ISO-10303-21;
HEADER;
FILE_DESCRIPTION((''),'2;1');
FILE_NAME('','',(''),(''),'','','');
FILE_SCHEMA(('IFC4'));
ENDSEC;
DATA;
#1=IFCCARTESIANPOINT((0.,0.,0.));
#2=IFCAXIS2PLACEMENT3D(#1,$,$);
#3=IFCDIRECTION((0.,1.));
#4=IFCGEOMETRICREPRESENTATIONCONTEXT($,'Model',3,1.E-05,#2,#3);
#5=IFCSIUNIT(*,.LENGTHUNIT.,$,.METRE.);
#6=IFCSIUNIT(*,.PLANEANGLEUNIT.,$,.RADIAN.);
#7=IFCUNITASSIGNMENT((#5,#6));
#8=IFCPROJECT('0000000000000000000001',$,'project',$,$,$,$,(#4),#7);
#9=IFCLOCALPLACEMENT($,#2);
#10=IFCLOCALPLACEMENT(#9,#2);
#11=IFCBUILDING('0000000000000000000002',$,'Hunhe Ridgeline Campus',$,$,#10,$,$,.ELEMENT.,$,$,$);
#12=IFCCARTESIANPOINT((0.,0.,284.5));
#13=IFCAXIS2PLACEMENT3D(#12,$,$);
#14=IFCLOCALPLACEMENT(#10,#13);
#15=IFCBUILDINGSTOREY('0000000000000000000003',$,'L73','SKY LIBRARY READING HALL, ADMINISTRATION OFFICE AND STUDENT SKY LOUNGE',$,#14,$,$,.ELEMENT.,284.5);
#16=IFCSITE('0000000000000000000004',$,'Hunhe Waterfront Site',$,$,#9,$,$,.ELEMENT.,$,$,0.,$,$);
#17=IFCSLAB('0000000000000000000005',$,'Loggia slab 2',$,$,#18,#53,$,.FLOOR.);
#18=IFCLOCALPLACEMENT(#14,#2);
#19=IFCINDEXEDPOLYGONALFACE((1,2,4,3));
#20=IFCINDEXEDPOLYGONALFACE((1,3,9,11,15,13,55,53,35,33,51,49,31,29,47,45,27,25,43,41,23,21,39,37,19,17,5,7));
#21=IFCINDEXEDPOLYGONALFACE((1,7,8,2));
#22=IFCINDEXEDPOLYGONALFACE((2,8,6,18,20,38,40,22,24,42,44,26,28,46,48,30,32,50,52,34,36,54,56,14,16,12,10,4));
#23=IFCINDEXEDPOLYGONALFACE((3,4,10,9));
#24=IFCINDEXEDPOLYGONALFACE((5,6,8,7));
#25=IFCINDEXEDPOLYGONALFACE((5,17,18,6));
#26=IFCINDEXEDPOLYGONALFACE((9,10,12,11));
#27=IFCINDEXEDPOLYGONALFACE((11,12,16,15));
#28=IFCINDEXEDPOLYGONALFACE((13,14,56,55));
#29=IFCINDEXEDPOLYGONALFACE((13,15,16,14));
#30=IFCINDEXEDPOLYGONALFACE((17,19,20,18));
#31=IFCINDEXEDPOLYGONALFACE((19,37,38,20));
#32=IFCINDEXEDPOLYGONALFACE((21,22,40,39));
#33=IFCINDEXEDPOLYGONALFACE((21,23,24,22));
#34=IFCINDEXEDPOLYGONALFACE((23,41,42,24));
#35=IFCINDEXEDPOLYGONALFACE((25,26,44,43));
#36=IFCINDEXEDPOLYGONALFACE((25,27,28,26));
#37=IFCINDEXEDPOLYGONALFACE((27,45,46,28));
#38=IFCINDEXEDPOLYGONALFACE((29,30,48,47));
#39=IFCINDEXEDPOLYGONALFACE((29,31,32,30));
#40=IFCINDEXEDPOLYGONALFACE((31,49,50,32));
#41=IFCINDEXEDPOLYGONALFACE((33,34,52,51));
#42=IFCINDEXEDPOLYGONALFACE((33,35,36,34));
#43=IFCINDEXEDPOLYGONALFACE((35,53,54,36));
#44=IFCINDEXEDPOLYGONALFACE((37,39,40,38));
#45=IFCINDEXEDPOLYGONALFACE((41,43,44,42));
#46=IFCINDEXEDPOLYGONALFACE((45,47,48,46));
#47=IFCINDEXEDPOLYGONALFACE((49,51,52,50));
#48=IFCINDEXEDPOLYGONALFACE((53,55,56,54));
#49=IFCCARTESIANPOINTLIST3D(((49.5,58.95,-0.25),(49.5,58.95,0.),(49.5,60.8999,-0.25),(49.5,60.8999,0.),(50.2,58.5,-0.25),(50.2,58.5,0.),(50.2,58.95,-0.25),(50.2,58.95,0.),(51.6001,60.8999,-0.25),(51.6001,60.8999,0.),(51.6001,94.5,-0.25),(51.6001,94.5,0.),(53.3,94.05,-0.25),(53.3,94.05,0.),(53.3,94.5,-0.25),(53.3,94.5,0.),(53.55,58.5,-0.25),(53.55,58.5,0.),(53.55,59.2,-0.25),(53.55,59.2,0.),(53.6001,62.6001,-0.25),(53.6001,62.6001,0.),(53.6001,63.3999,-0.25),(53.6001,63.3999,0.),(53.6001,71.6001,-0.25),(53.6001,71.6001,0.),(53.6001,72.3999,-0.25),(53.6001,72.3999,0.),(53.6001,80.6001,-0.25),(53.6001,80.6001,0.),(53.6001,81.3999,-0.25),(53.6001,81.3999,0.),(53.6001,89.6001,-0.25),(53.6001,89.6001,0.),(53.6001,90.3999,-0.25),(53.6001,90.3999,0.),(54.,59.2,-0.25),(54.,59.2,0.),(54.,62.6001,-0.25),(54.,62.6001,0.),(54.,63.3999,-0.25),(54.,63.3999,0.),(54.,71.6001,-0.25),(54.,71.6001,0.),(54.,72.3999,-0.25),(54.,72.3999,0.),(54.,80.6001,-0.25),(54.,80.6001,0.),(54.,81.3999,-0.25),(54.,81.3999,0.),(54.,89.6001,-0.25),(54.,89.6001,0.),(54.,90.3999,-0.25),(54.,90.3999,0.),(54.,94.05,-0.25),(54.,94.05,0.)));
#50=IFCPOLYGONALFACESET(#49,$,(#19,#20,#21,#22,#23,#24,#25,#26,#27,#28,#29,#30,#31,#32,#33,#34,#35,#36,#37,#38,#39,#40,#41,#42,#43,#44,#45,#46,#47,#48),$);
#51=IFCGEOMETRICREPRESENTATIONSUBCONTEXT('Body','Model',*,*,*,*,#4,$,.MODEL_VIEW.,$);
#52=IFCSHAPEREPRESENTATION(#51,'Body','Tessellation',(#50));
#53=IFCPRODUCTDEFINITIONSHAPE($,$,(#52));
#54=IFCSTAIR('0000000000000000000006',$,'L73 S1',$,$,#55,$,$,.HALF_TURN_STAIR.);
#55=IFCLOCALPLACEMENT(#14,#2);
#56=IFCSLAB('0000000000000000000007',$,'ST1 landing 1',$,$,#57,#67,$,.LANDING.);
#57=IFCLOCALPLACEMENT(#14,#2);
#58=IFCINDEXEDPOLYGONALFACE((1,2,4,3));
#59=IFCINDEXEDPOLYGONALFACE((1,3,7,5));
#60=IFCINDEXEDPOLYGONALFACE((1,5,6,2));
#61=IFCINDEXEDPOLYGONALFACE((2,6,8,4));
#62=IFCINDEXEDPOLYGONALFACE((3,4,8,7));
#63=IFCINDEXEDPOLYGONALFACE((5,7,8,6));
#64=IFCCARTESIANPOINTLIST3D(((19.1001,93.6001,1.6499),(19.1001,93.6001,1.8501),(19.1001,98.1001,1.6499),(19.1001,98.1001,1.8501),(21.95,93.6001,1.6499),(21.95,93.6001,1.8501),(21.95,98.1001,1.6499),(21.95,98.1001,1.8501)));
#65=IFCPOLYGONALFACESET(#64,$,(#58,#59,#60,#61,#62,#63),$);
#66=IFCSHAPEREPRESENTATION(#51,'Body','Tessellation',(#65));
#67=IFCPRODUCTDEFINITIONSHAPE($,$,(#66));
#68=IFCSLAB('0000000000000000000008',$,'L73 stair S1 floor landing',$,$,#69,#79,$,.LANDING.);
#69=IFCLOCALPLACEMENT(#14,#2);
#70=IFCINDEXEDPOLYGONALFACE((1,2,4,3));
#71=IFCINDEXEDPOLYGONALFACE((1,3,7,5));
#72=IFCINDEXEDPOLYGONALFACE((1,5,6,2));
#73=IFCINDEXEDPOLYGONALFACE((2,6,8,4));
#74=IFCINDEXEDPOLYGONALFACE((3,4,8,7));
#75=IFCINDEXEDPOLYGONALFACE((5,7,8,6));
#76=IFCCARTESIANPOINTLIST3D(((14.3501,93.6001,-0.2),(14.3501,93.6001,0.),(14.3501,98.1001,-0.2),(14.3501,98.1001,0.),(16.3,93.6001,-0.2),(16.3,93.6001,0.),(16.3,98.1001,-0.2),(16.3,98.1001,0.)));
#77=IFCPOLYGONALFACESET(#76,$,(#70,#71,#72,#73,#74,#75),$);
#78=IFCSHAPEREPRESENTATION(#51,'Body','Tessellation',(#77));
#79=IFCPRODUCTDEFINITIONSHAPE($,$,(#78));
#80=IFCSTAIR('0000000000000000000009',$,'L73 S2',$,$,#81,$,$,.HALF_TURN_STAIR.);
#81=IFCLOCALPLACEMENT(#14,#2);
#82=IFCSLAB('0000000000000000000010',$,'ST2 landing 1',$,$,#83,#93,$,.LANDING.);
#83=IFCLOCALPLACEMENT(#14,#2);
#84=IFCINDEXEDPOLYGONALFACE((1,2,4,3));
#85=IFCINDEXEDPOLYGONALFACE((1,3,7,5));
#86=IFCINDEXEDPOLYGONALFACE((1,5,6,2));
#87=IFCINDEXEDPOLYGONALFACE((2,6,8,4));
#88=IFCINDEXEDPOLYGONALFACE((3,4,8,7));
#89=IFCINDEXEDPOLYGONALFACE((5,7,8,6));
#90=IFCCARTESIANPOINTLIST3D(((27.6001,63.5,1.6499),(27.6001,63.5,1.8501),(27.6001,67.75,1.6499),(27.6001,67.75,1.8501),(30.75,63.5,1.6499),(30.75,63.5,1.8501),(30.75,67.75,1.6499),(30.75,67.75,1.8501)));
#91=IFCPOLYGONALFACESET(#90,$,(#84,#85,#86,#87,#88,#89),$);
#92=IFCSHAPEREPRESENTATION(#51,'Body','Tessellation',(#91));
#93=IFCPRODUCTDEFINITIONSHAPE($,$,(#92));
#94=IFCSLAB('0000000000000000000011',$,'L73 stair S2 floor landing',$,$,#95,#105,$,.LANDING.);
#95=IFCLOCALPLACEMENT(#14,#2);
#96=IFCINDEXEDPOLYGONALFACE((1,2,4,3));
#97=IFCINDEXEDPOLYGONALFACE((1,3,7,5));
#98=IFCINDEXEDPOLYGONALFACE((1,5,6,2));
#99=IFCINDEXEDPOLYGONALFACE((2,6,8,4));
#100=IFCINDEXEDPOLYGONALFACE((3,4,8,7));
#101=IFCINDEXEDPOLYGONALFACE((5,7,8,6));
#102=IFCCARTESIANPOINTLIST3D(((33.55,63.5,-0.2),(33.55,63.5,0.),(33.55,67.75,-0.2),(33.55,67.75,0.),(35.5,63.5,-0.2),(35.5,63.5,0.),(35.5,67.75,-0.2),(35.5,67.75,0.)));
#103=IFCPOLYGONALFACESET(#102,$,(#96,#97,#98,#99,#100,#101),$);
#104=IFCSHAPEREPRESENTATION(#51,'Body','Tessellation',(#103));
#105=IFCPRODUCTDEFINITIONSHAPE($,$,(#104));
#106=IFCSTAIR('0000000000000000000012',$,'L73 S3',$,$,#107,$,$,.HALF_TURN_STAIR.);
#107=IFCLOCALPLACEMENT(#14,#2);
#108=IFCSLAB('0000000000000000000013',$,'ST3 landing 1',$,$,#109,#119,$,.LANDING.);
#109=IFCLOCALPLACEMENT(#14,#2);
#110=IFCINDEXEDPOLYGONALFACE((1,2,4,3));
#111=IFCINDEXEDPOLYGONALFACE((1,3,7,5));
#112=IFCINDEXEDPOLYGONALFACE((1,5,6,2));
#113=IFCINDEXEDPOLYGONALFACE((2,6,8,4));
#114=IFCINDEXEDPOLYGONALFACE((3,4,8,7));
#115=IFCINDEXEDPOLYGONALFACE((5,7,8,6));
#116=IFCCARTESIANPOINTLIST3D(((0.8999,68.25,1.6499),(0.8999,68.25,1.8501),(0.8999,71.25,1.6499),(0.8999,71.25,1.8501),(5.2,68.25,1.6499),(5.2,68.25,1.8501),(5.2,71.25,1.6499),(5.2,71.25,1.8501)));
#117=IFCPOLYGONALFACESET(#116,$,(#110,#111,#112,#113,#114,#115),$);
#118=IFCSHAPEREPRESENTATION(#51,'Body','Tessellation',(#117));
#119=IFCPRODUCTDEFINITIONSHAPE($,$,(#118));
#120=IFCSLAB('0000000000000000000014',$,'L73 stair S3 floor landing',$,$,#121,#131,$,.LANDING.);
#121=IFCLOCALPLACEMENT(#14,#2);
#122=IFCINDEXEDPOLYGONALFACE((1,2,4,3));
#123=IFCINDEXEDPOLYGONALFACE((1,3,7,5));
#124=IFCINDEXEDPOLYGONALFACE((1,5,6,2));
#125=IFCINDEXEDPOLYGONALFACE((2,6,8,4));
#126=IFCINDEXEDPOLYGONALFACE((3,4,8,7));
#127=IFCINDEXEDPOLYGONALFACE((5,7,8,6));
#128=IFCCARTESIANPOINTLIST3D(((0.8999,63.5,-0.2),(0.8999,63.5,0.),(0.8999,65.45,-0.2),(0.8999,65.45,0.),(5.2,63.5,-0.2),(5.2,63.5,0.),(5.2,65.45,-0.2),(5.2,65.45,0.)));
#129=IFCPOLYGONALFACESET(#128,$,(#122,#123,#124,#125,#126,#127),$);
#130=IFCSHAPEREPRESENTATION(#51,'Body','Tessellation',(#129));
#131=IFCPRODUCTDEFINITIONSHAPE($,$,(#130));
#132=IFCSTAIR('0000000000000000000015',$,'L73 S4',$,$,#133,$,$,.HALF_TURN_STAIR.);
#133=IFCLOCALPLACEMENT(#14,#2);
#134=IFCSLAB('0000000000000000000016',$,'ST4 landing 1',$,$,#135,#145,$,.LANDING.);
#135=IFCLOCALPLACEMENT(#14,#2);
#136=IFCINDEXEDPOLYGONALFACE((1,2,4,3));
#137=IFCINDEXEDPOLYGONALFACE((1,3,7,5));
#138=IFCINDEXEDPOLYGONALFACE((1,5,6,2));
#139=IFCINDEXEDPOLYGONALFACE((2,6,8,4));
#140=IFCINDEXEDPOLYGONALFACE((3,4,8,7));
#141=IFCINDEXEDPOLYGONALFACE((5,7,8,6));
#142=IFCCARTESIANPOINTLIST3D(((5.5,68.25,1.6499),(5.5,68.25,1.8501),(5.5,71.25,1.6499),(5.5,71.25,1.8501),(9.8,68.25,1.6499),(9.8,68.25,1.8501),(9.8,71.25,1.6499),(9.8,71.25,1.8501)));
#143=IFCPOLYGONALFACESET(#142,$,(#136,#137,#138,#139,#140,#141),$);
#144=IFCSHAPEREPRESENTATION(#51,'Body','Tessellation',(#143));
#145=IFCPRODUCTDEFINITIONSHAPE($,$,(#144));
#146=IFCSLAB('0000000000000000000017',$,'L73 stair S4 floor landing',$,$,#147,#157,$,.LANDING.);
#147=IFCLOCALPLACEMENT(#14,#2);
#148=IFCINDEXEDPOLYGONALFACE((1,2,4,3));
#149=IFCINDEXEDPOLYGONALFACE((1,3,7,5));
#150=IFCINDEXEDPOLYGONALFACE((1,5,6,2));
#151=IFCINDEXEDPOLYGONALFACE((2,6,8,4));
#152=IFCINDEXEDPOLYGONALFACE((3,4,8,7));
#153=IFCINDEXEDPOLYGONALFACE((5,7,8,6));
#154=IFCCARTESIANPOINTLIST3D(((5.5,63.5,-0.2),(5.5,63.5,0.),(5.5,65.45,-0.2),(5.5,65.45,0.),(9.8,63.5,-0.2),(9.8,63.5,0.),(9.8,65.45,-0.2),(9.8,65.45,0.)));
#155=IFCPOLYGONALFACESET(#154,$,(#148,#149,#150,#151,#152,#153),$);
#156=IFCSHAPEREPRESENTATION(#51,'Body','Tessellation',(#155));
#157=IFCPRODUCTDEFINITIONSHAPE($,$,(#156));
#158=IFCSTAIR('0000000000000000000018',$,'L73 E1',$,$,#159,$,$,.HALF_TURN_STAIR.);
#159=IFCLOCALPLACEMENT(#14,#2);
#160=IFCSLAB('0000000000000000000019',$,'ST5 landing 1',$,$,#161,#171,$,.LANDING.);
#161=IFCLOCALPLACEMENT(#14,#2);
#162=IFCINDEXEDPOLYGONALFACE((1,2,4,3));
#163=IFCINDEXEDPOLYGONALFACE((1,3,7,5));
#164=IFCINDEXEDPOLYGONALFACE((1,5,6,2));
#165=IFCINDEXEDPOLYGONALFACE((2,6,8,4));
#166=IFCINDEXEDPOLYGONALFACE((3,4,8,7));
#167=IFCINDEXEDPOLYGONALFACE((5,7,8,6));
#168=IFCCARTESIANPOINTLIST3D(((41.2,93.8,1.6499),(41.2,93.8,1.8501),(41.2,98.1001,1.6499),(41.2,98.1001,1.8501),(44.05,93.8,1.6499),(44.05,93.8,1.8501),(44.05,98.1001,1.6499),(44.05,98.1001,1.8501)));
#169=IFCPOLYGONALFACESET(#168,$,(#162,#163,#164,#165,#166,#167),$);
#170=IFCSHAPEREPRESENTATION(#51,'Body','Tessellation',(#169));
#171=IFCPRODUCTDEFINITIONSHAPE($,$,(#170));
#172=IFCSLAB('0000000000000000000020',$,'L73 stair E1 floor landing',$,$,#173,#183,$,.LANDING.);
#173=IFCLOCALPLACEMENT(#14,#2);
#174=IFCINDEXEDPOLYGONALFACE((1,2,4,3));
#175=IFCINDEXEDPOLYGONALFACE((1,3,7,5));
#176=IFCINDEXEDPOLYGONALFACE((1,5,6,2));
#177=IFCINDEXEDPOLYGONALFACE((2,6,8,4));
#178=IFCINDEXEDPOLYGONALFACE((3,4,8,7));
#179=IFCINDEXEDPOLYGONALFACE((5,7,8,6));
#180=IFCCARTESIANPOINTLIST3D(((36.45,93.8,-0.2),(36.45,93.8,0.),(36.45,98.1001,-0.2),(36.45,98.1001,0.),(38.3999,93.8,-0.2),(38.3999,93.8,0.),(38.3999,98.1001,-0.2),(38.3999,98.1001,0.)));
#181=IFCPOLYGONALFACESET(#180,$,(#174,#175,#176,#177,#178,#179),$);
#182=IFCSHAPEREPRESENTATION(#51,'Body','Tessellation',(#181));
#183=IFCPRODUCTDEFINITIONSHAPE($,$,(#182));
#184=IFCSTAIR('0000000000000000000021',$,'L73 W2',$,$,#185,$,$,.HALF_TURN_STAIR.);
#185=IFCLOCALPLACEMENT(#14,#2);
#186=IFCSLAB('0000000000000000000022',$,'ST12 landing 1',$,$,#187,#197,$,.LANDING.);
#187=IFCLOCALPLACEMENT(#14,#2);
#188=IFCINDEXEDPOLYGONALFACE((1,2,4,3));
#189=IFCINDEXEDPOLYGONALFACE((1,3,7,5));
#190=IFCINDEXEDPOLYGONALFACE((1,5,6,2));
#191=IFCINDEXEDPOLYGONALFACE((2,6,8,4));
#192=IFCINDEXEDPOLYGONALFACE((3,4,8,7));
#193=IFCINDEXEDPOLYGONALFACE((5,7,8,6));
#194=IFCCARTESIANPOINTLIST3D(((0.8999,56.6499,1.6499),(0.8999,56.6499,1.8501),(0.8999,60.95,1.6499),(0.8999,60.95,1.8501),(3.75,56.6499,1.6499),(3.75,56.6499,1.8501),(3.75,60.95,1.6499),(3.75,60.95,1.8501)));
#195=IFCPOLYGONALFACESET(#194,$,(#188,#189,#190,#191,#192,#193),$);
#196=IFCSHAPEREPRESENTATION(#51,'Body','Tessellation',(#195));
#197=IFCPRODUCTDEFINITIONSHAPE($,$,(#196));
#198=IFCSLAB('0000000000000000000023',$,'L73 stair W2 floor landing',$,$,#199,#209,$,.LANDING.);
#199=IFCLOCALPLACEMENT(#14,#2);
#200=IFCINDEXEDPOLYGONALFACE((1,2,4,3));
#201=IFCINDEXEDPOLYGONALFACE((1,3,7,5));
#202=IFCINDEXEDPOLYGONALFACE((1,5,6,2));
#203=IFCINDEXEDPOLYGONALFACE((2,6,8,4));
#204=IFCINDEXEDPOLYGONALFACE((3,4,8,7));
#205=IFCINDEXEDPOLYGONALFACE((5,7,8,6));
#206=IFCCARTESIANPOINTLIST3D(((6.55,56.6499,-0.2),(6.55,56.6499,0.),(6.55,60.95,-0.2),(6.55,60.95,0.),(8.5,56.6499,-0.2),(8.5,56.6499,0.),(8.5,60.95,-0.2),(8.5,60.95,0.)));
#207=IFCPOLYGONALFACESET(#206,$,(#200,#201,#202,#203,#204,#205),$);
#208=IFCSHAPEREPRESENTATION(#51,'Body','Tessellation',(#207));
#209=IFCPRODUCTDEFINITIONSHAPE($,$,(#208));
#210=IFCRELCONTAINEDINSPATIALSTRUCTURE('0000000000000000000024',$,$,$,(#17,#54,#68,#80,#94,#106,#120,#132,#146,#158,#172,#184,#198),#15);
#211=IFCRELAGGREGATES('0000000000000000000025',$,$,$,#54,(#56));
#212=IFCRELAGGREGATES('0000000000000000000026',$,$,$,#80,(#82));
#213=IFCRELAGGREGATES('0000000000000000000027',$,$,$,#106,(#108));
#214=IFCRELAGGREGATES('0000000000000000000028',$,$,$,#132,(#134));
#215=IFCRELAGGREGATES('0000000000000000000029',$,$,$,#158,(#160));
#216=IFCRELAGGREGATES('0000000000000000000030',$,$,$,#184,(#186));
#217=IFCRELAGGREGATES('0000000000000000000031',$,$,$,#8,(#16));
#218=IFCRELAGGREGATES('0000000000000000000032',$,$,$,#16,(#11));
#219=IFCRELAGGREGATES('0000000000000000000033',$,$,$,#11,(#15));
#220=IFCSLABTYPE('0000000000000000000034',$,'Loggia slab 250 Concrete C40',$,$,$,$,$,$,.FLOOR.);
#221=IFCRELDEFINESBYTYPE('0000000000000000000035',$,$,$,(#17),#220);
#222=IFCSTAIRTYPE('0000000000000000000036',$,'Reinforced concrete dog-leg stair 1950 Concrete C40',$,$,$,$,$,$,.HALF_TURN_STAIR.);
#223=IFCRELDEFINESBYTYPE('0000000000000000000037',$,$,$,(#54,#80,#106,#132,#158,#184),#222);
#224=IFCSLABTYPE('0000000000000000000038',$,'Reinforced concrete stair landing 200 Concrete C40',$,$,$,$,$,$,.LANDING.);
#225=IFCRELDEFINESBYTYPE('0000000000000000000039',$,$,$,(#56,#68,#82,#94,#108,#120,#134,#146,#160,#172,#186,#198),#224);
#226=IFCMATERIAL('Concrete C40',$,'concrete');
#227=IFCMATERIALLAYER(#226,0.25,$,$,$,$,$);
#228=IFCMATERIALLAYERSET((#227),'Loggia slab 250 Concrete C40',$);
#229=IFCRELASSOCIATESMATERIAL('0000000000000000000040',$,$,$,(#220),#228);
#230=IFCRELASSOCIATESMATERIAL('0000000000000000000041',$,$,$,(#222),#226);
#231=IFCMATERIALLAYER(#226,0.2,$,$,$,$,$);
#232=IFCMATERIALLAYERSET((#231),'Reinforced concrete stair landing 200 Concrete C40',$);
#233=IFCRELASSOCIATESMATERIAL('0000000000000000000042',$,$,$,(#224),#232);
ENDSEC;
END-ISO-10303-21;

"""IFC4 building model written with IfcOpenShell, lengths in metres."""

from ifc_helpers import new_model, si_unit, direction, frame, origin, place, context, subcontext, project, spatial, polyline, outline, extrude, material, layer, layer_set, type_object, element, aggregate, save


model = new_model("IFC4")

# Units and contexts
model_context = context("Model", 3, precision=1e-05, world=origin(), true_north=direction((0.0, 1.0)))
body_context = subcontext(model_context, "Body", "Model", "MODEL_VIEW")
ifc_project = project(units=[si_unit("LENGTHUNIT", "METRE"), si_unit("PLANEANGLEUNIT", "RADIAN")], contexts=[model_context])

# Site, building, storey
site_placement = place(None, origin())
site = spatial("IfcSite", under=ifc_project, at=site_placement, Name="Hunhe Waterfront Site", CompositionType="ELEMENT", RefElevation=0.0)
building_placement = place(site_placement, origin())
building = spatial("IfcBuilding", under=site, at=building_placement, Name="Hunhe Ridgeline Campus", CompositionType="ELEMENT")
storey_placement = place(building_placement, frame((0.0, 0.0, 284.5)))
storey = spatial("IfcBuildingStorey", under=building, at=storey_placement, Name="L73", Description="SKY LIBRARY READING HALL, ADMINISTRATION OFFICE AND STUDENT SKY LOUNGE", CompositionType="ELEMENT", Elevation=284.5)

# Slab
ifc_material_1 = material(Name="Concrete C40", Category="concrete")
ifc_layer_1 = layer(ifc_material_1, 0.25)
ifc_layer_set_1 = layer_set([ifc_layer_1], Name="Loggia slab 250 Concrete C40")
slab_type_1 = type_object("IfcSlabType", Name="Loggia slab 250 Concrete C40", PredefinedType="FLOOR", material=ifc_layer_set_1)
slab_1_placement = place(storey_placement, frame((0.0, 0.0, -0.25)))
element("IfcSlab", 1, at=slab_1_placement, inside=storey, type_object=slab_type_1, Name="Loggia slab 2", PredefinedType="FLOOR", context=body_context, shape_type="SweptSolid", body=[
    extrude(outline(polyline([(49.5, 58.95), (50.2, 58.95), (50.2, 58.5), (53.55, 58.5), (53.55, 59.2), (54.0, 59.2), (54.0, 62.6001), (53.6001, 62.6001), (53.6001, 63.3999), (54.0, 63.3999), (54.0, 71.6001), (53.6001, 71.6001), (53.6001, 72.3999), (54.0, 72.3999), (54.0, 80.6001), (53.6001, 80.6001), (53.6001, 81.3999), (54.0, 81.3999), (54.0, 89.6001), (53.6001, 89.6001), (53.6001, 90.3999), (54.0, 90.3999), (54.0, 94.05), (53.3, 94.05), (53.3, 94.5), (51.6001, 94.5), (51.6001, 60.8999), (49.5, 60.8999), (49.5, 58.95)])), origin(), (0.0, 0.0, 1.0), 0.25),
])

# Stair, slab
stair_type = type_object("IfcStairType", Name="Reinforced concrete dog-leg stair 1950 Concrete C40", PredefinedType="HALF_TURN_STAIR", material=ifc_material_1)
stair_1_placement = place(storey_placement, origin())
stair_1 = element("IfcStair", 2, at=stair_1_placement, inside=storey, type_object=stair_type, Name="L73 S1", PredefinedType="HALF_TURN_STAIR")
ifc_layer_2 = layer(ifc_material_1, 0.2)
ifc_layer_set_2 = layer_set([ifc_layer_2], Name="Reinforced concrete stair landing 200 Concrete C40")
slab_type_2 = type_object("IfcSlabType", Name="Reinforced concrete stair landing 200 Concrete C40", PredefinedType="LANDING", material=ifc_layer_set_2)
slab_2_placement = place(storey_placement, frame((0.0, 0.0, 1.6499)))
slab_2 = element("IfcSlab", 3, at=slab_2_placement, type_object=slab_type_2, Name="ST1 landing 1", PredefinedType="LANDING", context=body_context, shape_type="SweptSolid", body=[
    extrude(outline(polyline([(19.1001, 93.6001), (21.95, 93.6001), (21.95, 98.1001), (19.1001, 98.1001), (19.1001, 93.6001)])), origin(), (0.0, 0.0, 1.0), 0.2002),
])
aggregate(stair_1, [slab_2])

# Slab
slab_3_placement = place(storey_placement, frame((0.0, 0.0, -0.2)))
element("IfcSlab", 4, at=slab_3_placement, inside=storey, type_object=slab_type_2, Name="L73 stair S1 floor landing", PredefinedType="LANDING", context=body_context, shape_type="SweptSolid", body=[
    extrude(outline(polyline([(14.3501, 93.6001), (16.3, 93.6001), (16.3, 98.1001), (14.3501, 98.1001), (14.3501, 93.6001)])), origin(), (0.0, 0.0, 1.0), 0.2),
])

# Stair, slab
stair_2_placement = place(storey_placement, origin())
stair_2 = element("IfcStair", 5, at=stair_2_placement, inside=storey, type_object=stair_type, Name="L73 S2", PredefinedType="HALF_TURN_STAIR")
slab_4_placement = place(storey_placement, frame((0.0, 0.0, 1.6499)))
slab_4 = element("IfcSlab", 6, at=slab_4_placement, type_object=slab_type_2, Name="ST2 landing 1", PredefinedType="LANDING", context=body_context, shape_type="SweptSolid", body=[
    extrude(outline(polyline([(30.75, 67.75), (27.6001, 67.75), (27.6001, 63.5), (30.75, 63.5), (30.75, 67.75)])), origin(), (0.0, 0.0, 1.0), 0.2002),
])
aggregate(stair_2, [slab_4])

# Slab
slab_5_placement = place(storey_placement, frame((0.0, 0.0, -0.2)))
element("IfcSlab", 7, at=slab_5_placement, inside=storey, type_object=slab_type_2, Name="L73 stair S2 floor landing", PredefinedType="LANDING", context=body_context, shape_type="SweptSolid", body=[
    extrude(outline(polyline([(35.5, 67.75), (33.55, 67.75), (33.55, 63.5), (35.5, 63.5), (35.5, 67.75)])), origin(), (0.0, 0.0, 1.0), 0.2),
])

# Stair, slab
stair_3_placement = place(storey_placement, origin())
stair_3 = element("IfcStair", 8, at=stair_3_placement, inside=storey, type_object=stair_type, Name="L73 S3", PredefinedType="HALF_TURN_STAIR")
slab_6_placement = place(storey_placement, frame((0.0, 0.0, 1.6499)))
slab_6 = element("IfcSlab", 9, at=slab_6_placement, type_object=slab_type_2, Name="ST3 landing 1", PredefinedType="LANDING", context=body_context, shape_type="SweptSolid", body=[
    extrude(outline(polyline([(5.2, 68.25), (5.2, 71.25), (0.8999, 71.25), (0.8999, 68.25), (5.2, 68.25)])), origin(), (0.0, 0.0, 1.0), 0.2002),
])
aggregate(stair_3, [slab_6])

# Slab
slab_7_placement = place(storey_placement, frame((0.0, 0.0, -0.2)))
element("IfcSlab", 10, at=slab_7_placement, inside=storey, type_object=slab_type_2, Name="L73 stair S3 floor landing", PredefinedType="LANDING", context=body_context, shape_type="SweptSolid", body=[
    extrude(outline(polyline([(5.2, 63.5), (5.2, 65.45), (0.8999, 65.45), (0.8999, 63.5), (5.2, 63.5)])), origin(), (0.0, 0.0, 1.0), 0.2),
])

# Stair, slab
stair_4_placement = place(storey_placement, origin())
stair_4 = element("IfcStair", 11, at=stair_4_placement, inside=storey, type_object=stair_type, Name="L73 S4", PredefinedType="HALF_TURN_STAIR")
slab_8_placement = place(storey_placement, frame((0.0, 0.0, 1.6499)))
slab_8 = element("IfcSlab", 12, at=slab_8_placement, type_object=slab_type_2, Name="ST4 landing 1", PredefinedType="LANDING", context=body_context, shape_type="SweptSolid", body=[
    extrude(outline(polyline([(9.8, 68.25), (9.8, 71.25), (5.5, 71.25), (5.5, 68.25), (9.8, 68.25)])), origin(), (0.0, 0.0, 1.0), 0.2002),
])
aggregate(stair_4, [slab_8])

# Slab
slab_9_placement = place(storey_placement, frame((0.0, 0.0, -0.2)))
element("IfcSlab", 13, at=slab_9_placement, inside=storey, type_object=slab_type_2, Name="L73 stair S4 floor landing", PredefinedType="LANDING", context=body_context, shape_type="SweptSolid", body=[
    extrude(outline(polyline([(9.8, 63.5), (9.8, 65.45), (5.5, 65.45), (5.5, 63.5), (9.8, 63.5)])), origin(), (0.0, 0.0, 1.0), 0.2),
])

# Stair, slab
stair_5_placement = place(storey_placement, origin())
stair_5 = element("IfcStair", 14, at=stair_5_placement, inside=storey, type_object=stair_type, Name="L73 E1", PredefinedType="HALF_TURN_STAIR")
slab_10_placement = place(storey_placement, frame((0.0, 0.0, 1.6499)))
slab_10 = element("IfcSlab", 15, at=slab_10_placement, type_object=slab_type_2, Name="ST5 landing 1", PredefinedType="LANDING", context=body_context, shape_type="SweptSolid", body=[
    extrude(outline(polyline([(41.2, 93.8), (44.05, 93.8), (44.05, 98.1001), (41.2, 98.1001), (41.2, 93.8)])), origin(), (0.0, 0.0, 1.0), 0.2002),
])
aggregate(stair_5, [slab_10])

# Slab
slab_11_placement = place(storey_placement, frame((0.0, 0.0, -0.2)))
element("IfcSlab", 16, at=slab_11_placement, inside=storey, type_object=slab_type_2, Name="L73 stair E1 floor landing", PredefinedType="LANDING", context=body_context, shape_type="SweptSolid", body=[
    extrude(outline(polyline([(36.45, 93.8), (38.3999, 93.8), (38.3999, 98.1001), (36.45, 98.1001), (36.45, 93.8)])), origin(), (0.0, 0.0, 1.0), 0.2),
])

# Stair, slab
stair_6_placement = place(storey_placement, origin())
stair_6 = element("IfcStair", 17, at=stair_6_placement, inside=storey, type_object=stair_type, Name="L73 W2", PredefinedType="HALF_TURN_STAIR")
slab_12_placement = place(storey_placement, frame((0.0, 0.0, 1.6499)))
slab_12 = element("IfcSlab", 18, at=slab_12_placement, type_object=slab_type_2, Name="ST12 landing 1", PredefinedType="LANDING", context=body_context, shape_type="SweptSolid", body=[
    extrude(outline(polyline([(3.75, 60.95), (0.8999, 60.95), (0.8999, 56.6499), (3.75, 56.6499), (3.75, 60.95)])), origin(), (0.0, 0.0, 1.0), 0.2002),
])
aggregate(stair_6, [slab_12])

# Slab
slab_13_placement = place(storey_placement, frame((0.0, 0.0, -0.2)))
element("IfcSlab", 19, at=slab_13_placement, inside=storey, type_object=slab_type_2, Name="L73 stair W2 floor landing", PredefinedType="LANDING", context=body_context, shape_type="SweptSolid", body=[
    extrude(outline(polyline([(8.5, 60.95), (6.55, 60.95), (6.55, 56.6499), (8.5, 56.6499), (8.5, 60.95)])), origin(), (0.0, 0.0, 1.0), 0.2),
])

save(model, "model.ifc")
